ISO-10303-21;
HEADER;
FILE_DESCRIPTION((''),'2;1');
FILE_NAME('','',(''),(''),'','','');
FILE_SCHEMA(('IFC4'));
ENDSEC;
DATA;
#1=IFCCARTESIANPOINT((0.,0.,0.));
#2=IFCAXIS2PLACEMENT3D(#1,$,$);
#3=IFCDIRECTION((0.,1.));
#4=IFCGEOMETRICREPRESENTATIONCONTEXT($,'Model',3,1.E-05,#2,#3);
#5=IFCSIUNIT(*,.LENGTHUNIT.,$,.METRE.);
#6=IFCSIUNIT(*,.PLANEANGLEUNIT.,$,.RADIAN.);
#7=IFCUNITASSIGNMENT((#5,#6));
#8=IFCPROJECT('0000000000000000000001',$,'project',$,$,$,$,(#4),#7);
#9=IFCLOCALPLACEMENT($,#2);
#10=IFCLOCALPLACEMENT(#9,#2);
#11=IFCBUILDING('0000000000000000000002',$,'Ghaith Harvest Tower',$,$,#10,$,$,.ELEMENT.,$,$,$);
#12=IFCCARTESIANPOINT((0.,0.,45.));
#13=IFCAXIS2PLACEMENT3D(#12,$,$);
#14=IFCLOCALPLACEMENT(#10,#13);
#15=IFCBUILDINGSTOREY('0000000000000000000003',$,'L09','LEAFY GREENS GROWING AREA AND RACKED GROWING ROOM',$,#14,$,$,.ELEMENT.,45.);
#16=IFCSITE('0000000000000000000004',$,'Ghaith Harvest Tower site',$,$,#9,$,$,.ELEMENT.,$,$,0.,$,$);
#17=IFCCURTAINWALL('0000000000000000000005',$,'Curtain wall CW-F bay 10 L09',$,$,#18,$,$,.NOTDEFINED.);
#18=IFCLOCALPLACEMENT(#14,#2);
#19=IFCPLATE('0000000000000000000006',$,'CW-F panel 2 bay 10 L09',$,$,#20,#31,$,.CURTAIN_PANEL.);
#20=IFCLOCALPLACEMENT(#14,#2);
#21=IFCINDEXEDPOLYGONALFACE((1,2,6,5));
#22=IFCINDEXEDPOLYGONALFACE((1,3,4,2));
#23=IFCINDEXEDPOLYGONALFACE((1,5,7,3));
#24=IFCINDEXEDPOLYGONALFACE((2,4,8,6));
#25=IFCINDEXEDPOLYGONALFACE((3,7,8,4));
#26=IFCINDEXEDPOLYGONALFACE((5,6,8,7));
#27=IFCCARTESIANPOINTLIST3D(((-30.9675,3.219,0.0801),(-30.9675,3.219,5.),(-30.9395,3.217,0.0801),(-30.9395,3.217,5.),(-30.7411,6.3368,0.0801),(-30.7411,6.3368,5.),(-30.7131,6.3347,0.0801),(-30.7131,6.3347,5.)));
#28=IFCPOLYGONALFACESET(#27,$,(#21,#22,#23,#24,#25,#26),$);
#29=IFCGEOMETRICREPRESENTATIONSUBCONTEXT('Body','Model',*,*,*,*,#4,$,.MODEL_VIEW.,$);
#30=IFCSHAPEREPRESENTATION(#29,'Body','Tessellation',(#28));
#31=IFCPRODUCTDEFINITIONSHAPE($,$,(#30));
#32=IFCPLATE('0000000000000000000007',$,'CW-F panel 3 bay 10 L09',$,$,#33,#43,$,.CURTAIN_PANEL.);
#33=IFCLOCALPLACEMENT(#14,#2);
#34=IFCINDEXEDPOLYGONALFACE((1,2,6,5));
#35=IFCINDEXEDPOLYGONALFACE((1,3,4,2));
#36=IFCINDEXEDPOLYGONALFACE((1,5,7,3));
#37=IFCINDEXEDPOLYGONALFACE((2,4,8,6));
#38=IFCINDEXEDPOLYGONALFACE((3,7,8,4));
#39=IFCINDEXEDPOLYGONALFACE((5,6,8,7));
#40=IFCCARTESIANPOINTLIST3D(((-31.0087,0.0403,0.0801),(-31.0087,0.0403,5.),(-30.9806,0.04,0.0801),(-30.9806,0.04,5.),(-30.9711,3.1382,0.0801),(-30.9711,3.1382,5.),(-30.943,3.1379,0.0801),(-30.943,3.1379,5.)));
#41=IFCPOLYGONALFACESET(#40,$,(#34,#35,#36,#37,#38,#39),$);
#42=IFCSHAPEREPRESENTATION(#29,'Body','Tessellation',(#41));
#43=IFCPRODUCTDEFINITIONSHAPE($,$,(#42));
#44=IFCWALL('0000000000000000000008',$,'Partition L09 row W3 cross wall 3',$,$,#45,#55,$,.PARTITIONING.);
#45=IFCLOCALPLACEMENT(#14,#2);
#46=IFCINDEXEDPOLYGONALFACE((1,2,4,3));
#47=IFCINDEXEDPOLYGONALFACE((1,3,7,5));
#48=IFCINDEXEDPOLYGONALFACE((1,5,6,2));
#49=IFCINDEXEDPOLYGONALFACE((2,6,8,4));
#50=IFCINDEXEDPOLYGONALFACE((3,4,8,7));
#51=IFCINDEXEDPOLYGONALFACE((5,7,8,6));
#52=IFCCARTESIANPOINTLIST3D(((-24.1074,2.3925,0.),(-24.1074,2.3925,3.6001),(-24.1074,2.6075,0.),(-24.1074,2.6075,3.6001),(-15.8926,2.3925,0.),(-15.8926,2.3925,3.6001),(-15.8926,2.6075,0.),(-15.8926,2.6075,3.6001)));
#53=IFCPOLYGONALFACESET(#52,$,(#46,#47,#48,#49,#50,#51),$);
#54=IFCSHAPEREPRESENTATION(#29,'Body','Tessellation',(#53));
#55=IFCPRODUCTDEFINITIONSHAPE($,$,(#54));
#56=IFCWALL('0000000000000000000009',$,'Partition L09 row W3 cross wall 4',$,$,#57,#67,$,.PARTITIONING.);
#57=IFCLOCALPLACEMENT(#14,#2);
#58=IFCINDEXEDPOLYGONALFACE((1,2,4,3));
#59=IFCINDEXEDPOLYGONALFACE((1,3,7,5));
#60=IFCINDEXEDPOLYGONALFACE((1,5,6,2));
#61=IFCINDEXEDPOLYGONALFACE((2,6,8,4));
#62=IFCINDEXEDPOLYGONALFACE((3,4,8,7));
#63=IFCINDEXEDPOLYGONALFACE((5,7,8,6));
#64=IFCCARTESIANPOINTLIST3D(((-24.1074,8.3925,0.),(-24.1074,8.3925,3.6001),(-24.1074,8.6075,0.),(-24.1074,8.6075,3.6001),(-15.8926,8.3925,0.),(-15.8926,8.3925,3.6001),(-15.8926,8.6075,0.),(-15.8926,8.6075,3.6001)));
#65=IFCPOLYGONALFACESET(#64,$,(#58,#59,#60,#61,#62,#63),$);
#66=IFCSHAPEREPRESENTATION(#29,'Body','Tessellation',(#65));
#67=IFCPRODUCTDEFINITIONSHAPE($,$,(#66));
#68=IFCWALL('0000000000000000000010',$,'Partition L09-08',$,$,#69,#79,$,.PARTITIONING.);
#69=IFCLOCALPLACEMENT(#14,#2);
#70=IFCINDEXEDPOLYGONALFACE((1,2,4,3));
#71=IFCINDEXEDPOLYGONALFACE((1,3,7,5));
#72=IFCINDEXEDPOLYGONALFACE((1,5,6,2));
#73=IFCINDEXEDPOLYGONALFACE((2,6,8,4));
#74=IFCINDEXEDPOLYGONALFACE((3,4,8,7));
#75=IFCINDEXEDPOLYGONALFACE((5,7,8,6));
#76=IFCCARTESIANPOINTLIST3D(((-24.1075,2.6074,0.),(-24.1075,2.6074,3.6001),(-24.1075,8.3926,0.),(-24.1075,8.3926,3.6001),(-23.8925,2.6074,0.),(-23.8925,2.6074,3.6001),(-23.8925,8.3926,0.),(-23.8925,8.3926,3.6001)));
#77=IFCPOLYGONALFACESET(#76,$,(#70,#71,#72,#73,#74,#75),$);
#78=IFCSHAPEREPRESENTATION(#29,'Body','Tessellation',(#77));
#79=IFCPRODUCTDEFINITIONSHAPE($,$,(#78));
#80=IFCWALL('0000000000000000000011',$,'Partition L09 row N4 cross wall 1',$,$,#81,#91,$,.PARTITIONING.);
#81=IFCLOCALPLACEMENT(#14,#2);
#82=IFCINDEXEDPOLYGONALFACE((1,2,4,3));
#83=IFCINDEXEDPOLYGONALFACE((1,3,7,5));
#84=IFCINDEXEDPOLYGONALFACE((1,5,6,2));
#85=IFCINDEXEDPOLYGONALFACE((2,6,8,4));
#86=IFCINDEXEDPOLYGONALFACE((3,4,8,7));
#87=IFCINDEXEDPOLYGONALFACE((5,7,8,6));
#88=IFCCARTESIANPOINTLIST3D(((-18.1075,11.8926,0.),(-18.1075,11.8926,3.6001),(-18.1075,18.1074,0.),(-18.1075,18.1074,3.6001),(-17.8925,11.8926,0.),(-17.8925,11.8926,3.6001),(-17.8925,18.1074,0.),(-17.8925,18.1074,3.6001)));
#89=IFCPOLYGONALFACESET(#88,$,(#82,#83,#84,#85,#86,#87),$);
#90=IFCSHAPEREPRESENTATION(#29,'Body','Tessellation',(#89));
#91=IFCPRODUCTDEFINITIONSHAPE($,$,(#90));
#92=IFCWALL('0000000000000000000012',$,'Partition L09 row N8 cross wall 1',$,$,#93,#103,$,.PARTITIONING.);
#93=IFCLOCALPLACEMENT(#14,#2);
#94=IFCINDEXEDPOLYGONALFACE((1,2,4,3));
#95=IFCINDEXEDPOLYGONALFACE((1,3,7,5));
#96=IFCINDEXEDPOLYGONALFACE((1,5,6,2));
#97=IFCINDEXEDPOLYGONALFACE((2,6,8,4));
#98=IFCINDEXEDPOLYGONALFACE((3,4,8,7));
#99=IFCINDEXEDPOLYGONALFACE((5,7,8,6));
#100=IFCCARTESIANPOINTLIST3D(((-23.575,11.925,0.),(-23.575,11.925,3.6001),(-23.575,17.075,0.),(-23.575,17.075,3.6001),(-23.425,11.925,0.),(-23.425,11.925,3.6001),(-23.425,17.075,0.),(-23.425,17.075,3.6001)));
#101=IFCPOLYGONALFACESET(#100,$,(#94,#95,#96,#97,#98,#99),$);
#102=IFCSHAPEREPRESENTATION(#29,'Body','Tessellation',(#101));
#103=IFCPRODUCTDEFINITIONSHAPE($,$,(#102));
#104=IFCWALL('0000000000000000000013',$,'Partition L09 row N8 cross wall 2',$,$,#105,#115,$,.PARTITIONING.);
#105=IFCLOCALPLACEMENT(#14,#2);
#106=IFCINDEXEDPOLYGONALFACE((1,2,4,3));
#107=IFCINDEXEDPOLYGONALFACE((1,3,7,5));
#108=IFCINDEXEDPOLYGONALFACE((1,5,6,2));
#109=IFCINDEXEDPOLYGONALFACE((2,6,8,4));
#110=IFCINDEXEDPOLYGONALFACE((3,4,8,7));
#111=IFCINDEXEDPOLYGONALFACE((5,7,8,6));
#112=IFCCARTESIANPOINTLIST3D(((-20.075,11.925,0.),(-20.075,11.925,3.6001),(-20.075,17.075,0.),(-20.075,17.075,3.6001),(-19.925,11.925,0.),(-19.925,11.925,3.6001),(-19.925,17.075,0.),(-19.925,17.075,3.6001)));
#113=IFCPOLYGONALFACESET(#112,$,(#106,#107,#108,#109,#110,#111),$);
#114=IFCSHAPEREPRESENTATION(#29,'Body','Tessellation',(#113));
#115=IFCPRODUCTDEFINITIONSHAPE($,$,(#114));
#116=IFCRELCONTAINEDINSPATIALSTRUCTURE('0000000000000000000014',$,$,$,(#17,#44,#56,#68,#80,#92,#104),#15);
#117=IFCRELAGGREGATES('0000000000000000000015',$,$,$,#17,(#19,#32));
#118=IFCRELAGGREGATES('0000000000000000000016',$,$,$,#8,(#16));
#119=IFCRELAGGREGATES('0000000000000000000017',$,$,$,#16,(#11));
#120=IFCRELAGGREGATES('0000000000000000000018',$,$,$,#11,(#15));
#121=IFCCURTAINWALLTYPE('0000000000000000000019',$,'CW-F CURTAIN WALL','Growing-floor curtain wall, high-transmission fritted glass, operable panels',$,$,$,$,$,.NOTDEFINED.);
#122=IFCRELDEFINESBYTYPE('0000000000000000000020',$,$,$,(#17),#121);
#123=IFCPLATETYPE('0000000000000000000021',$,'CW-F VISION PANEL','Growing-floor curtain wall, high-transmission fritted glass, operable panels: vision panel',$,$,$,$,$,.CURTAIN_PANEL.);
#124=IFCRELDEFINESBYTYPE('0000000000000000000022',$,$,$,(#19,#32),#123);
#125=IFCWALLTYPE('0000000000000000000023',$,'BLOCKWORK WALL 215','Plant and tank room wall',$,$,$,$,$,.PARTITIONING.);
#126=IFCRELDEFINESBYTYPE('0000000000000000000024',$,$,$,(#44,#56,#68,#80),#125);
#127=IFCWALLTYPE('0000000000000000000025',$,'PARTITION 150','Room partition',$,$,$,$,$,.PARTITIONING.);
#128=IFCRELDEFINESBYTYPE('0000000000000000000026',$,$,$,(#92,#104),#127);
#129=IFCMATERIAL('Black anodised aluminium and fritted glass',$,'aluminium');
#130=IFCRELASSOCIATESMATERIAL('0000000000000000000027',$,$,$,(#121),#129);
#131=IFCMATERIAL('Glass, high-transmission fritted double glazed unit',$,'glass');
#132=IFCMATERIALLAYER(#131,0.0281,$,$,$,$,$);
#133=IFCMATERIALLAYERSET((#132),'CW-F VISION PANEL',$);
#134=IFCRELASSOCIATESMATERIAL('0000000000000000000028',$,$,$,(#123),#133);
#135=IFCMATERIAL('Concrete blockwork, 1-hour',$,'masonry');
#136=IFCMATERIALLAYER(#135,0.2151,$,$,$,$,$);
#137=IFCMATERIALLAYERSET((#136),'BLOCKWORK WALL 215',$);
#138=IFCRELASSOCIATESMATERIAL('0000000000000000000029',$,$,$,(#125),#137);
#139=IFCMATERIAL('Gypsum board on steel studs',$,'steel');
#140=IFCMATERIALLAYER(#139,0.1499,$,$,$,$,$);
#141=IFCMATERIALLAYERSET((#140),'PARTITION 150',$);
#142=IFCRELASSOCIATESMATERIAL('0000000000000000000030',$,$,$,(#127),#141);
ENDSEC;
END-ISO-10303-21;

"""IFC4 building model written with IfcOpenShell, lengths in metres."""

from ifc_helpers import new_model, si_unit, direction, frame, frame_2d, origin, origin_2d, place, context, subcontext, project, spatial, rectangle, extrude, material, layer, layer_set, type_object, element, aggregate, save


model = new_model("IFC4")

# Units and contexts
model_context = context("Model", 3, precision=1e-05, world=origin(), true_north=direction((0.0, 1.0)))
body_context = subcontext(model_context, "Body", "Model", "MODEL_VIEW")
ifc_project = project(units=[si_unit("LENGTHUNIT", "METRE"), si_unit("PLANEANGLEUNIT", "RADIAN")], contexts=[model_context])

# Site, building, storey
site_placement = place(None, origin())
site = spatial("IfcSite", under=ifc_project, at=site_placement, Name="Ghaith Harvest Tower site", CompositionType="ELEMENT", RefElevation=0.0)
building_placement = place(site_placement, origin())
building = spatial("IfcBuilding", under=site, at=building_placement, Name="Ghaith Harvest Tower", CompositionType="ELEMENT")
storey_placement = place(building_placement, frame((0.0, 0.0, 45.0)))
storey = spatial("IfcBuildingStorey", under=building, at=storey_placement, Name="L09", Description="LEAFY GREENS GROWING AREA AND RACKED GROWING ROOM", CompositionType="ELEMENT", Elevation=45.0)

# Curtain wall
ifc_material_1 = material(Name="Black anodised aluminium and fritted glass", Category="aluminium")
curtain_wall_type = type_object("IfcCurtainWallType", Name="CW-F CURTAIN WALL", Description="Growing-floor curtain wall, high-transmission fritted glass, operable panels", PredefinedType="NOTDEFINED", material=ifc_material_1)
curtain_wall_1_placement = place(storey_placement, origin())
curtain_wall_1 = element("IfcCurtainWall", 1, at=curtain_wall_1_placement, inside=storey, type_object=curtain_wall_type, Name="Curtain wall CW-F bay 10 L09", PredefinedType="NOTDEFINED")

# Shared definitions
ifc_material_2 = material(Name="Glass, high-transmission fritted double glazed unit", Category="glass")
ifc_layer_1 = layer(ifc_material_2, 0.0281)
ifc_layer_set_1 = layer_set([ifc_layer_1], Name="CW-F VISION PANEL")
plate_type = type_object("IfcPlateType", Name="CW-F VISION PANEL", Description="Growing-floor curtain wall, high-transmission fritted glass, operable panels: vision panel", PredefinedType="CURTAIN_PANEL", material=ifc_layer_set_1)

# Plates
plate_1_placement = place(storey_placement, frame((-30.8403, 4.7769, 0.0801), z_axis=(0.0, 0.0, 1.0), x_axis=(-0.072421, -0.997374, 0.0)))
plate_1 = element("IfcPlate", 2, at=plate_1_placement, type_object=plate_type, Name="CW-F panel 2 bay 10 L09", PredefinedType="CURTAIN_PANEL", context=body_context, shape_type="SweptSolid", body=[
    extrude(rectangle(XDim=3.126, YDim=0.0281, at=origin_2d()), origin(), (0.0, 0.0, 1.0), 4.9199),
])
plate_2_placement = place(storey_placement, frame((-30.9758, 1.5891, 0.0801), z_axis=(0.0, 0.0, 1.0), x_axis=(-0.012133, -0.999926, 0.0)))
plate_2 = element("IfcPlate", 3, at=plate_2_placement, type_object=plate_type, Name="CW-F panel 3 bay 10 L09", PredefinedType="CURTAIN_PANEL", context=body_context, shape_type="SweptSolid", body=[
    extrude(rectangle(XDim=3.0981, YDim=0.0281, at=origin_2d()), origin(), (0.0, 0.0, 1.0), 4.9199),
])
aggregate(curtain_wall_1, [plate_1, plate_2])

# Walls
ifc_material_3 = material(Name="Concrete blockwork, 1-hour", Category="masonry")
ifc_layer_2 = layer(ifc_material_3, 0.2151)
ifc_layer_set_2 = layer_set([ifc_layer_2], Name="BLOCKWORK WALL 215")
wall_type_1 = type_object("IfcWallType", Name="BLOCKWORK WALL 215", Description="Plant and tank room wall", PredefinedType="PARTITIONING", material=ifc_layer_set_2)
for number, where, z_axis, x_axis, name in (
    (4, (-15.8926, 2.5, 0.0), (0.0, 0.0, 1.0), (-1.0, 0.0, 0.0), "Partition L09 row W3 cross wall 3"),
    (5, (-15.8926, 8.5, 0.0), (0.0, 0.0, 1.0), (-1.0, 0.0, 0.0), "Partition L09 row W3 cross wall 4"),
):
    element("IfcWall", number, at=place(storey_placement, frame(where, z_axis=z_axis, x_axis=x_axis)), inside=storey, type_object=wall_type_1, Name=name, PredefinedType="PARTITIONING", context=body_context, shape_type="SweptSolid", body=[
        extrude(rectangle(XDim=8.2148, YDim=0.2151, at=frame_2d((4.1074, 0.0))), origin(), (0.0, 0.0, 1.0), 3.6001),
    ])

# Walls
wall_1_placement = place(storey_placement, frame((-24.0, 2.6074, 0.0), z_axis=(0.0, 0.0, 1.0), x_axis=(0.0, 1.0, 0.0)))
element("IfcWall", 6, at=wall_1_placement, inside=storey, type_object=wall_type_1, Name="Partition L09-08", PredefinedType="PARTITIONING", context=body_context, shape_type="SweptSolid", body=[
    extrude(rectangle(XDim=5.7852, YDim=0.2151, at=frame_2d((2.8926, 0.0))), origin(), (0.0, 0.0, 1.0), 3.6001),
])
wall_2_placement = place(storey_placement, frame((-18.0, 11.8926, 0.0), z_axis=(0.0, 0.0, 1.0), x_axis=(0.0, 1.0, 0.0)))
element("IfcWall", 7, at=wall_2_placement, inside=storey, type_object=wall_type_1, Name="Partition L09 row N4 cross wall 1", PredefinedType="PARTITIONING", context=body_context, shape_type="SweptSolid", body=[
    extrude(rectangle(XDim=6.2148, YDim=0.2151, at=frame_2d((3.1074, 0.0))), origin(), (0.0, 0.0, 1.0), 3.6001),
])

# Walls
ifc_material_4 = material(Name="Gypsum board on steel studs", Category="steel")
ifc_layer_3 = layer(ifc_material_4, 0.1499)
ifc_layer_set_3 = layer_set([ifc_layer_3], Name="PARTITION 150")
wall_type_2 = type_object("IfcWallType", Name="PARTITION 150", Description="Room partition", PredefinedType="PARTITIONING", material=ifc_layer_set_3)
for number, where, z_axis, x_axis, name in (
    (8, (-23.5, 11.925, 0.0), (0.0, 0.0, 1.0), (0.0, 1.0, 0.0), "Partition L09 row N8 cross wall 1"),
    (9, (-20.0, 11.925, 0.0), (0.0, 0.0, 1.0), (0.0, 1.0, 0.0), "Partition L09 row N8 cross wall 2"),
):
    element("IfcWall", number, at=place(storey_placement, frame(where, z_axis=z_axis, x_axis=x_axis)), inside=storey, type_object=wall_type_2, Name=name, PredefinedType="PARTITIONING", context=body_context, shape_type="SweptSolid", body=[
        extrude(rectangle(XDim=5.1499, YDim=0.1499, at=frame_2d((2.575, 0.0))), origin(), (0.0, 0.0, 1.0), 3.6001),
    ])

save(model, "model.ifc")
